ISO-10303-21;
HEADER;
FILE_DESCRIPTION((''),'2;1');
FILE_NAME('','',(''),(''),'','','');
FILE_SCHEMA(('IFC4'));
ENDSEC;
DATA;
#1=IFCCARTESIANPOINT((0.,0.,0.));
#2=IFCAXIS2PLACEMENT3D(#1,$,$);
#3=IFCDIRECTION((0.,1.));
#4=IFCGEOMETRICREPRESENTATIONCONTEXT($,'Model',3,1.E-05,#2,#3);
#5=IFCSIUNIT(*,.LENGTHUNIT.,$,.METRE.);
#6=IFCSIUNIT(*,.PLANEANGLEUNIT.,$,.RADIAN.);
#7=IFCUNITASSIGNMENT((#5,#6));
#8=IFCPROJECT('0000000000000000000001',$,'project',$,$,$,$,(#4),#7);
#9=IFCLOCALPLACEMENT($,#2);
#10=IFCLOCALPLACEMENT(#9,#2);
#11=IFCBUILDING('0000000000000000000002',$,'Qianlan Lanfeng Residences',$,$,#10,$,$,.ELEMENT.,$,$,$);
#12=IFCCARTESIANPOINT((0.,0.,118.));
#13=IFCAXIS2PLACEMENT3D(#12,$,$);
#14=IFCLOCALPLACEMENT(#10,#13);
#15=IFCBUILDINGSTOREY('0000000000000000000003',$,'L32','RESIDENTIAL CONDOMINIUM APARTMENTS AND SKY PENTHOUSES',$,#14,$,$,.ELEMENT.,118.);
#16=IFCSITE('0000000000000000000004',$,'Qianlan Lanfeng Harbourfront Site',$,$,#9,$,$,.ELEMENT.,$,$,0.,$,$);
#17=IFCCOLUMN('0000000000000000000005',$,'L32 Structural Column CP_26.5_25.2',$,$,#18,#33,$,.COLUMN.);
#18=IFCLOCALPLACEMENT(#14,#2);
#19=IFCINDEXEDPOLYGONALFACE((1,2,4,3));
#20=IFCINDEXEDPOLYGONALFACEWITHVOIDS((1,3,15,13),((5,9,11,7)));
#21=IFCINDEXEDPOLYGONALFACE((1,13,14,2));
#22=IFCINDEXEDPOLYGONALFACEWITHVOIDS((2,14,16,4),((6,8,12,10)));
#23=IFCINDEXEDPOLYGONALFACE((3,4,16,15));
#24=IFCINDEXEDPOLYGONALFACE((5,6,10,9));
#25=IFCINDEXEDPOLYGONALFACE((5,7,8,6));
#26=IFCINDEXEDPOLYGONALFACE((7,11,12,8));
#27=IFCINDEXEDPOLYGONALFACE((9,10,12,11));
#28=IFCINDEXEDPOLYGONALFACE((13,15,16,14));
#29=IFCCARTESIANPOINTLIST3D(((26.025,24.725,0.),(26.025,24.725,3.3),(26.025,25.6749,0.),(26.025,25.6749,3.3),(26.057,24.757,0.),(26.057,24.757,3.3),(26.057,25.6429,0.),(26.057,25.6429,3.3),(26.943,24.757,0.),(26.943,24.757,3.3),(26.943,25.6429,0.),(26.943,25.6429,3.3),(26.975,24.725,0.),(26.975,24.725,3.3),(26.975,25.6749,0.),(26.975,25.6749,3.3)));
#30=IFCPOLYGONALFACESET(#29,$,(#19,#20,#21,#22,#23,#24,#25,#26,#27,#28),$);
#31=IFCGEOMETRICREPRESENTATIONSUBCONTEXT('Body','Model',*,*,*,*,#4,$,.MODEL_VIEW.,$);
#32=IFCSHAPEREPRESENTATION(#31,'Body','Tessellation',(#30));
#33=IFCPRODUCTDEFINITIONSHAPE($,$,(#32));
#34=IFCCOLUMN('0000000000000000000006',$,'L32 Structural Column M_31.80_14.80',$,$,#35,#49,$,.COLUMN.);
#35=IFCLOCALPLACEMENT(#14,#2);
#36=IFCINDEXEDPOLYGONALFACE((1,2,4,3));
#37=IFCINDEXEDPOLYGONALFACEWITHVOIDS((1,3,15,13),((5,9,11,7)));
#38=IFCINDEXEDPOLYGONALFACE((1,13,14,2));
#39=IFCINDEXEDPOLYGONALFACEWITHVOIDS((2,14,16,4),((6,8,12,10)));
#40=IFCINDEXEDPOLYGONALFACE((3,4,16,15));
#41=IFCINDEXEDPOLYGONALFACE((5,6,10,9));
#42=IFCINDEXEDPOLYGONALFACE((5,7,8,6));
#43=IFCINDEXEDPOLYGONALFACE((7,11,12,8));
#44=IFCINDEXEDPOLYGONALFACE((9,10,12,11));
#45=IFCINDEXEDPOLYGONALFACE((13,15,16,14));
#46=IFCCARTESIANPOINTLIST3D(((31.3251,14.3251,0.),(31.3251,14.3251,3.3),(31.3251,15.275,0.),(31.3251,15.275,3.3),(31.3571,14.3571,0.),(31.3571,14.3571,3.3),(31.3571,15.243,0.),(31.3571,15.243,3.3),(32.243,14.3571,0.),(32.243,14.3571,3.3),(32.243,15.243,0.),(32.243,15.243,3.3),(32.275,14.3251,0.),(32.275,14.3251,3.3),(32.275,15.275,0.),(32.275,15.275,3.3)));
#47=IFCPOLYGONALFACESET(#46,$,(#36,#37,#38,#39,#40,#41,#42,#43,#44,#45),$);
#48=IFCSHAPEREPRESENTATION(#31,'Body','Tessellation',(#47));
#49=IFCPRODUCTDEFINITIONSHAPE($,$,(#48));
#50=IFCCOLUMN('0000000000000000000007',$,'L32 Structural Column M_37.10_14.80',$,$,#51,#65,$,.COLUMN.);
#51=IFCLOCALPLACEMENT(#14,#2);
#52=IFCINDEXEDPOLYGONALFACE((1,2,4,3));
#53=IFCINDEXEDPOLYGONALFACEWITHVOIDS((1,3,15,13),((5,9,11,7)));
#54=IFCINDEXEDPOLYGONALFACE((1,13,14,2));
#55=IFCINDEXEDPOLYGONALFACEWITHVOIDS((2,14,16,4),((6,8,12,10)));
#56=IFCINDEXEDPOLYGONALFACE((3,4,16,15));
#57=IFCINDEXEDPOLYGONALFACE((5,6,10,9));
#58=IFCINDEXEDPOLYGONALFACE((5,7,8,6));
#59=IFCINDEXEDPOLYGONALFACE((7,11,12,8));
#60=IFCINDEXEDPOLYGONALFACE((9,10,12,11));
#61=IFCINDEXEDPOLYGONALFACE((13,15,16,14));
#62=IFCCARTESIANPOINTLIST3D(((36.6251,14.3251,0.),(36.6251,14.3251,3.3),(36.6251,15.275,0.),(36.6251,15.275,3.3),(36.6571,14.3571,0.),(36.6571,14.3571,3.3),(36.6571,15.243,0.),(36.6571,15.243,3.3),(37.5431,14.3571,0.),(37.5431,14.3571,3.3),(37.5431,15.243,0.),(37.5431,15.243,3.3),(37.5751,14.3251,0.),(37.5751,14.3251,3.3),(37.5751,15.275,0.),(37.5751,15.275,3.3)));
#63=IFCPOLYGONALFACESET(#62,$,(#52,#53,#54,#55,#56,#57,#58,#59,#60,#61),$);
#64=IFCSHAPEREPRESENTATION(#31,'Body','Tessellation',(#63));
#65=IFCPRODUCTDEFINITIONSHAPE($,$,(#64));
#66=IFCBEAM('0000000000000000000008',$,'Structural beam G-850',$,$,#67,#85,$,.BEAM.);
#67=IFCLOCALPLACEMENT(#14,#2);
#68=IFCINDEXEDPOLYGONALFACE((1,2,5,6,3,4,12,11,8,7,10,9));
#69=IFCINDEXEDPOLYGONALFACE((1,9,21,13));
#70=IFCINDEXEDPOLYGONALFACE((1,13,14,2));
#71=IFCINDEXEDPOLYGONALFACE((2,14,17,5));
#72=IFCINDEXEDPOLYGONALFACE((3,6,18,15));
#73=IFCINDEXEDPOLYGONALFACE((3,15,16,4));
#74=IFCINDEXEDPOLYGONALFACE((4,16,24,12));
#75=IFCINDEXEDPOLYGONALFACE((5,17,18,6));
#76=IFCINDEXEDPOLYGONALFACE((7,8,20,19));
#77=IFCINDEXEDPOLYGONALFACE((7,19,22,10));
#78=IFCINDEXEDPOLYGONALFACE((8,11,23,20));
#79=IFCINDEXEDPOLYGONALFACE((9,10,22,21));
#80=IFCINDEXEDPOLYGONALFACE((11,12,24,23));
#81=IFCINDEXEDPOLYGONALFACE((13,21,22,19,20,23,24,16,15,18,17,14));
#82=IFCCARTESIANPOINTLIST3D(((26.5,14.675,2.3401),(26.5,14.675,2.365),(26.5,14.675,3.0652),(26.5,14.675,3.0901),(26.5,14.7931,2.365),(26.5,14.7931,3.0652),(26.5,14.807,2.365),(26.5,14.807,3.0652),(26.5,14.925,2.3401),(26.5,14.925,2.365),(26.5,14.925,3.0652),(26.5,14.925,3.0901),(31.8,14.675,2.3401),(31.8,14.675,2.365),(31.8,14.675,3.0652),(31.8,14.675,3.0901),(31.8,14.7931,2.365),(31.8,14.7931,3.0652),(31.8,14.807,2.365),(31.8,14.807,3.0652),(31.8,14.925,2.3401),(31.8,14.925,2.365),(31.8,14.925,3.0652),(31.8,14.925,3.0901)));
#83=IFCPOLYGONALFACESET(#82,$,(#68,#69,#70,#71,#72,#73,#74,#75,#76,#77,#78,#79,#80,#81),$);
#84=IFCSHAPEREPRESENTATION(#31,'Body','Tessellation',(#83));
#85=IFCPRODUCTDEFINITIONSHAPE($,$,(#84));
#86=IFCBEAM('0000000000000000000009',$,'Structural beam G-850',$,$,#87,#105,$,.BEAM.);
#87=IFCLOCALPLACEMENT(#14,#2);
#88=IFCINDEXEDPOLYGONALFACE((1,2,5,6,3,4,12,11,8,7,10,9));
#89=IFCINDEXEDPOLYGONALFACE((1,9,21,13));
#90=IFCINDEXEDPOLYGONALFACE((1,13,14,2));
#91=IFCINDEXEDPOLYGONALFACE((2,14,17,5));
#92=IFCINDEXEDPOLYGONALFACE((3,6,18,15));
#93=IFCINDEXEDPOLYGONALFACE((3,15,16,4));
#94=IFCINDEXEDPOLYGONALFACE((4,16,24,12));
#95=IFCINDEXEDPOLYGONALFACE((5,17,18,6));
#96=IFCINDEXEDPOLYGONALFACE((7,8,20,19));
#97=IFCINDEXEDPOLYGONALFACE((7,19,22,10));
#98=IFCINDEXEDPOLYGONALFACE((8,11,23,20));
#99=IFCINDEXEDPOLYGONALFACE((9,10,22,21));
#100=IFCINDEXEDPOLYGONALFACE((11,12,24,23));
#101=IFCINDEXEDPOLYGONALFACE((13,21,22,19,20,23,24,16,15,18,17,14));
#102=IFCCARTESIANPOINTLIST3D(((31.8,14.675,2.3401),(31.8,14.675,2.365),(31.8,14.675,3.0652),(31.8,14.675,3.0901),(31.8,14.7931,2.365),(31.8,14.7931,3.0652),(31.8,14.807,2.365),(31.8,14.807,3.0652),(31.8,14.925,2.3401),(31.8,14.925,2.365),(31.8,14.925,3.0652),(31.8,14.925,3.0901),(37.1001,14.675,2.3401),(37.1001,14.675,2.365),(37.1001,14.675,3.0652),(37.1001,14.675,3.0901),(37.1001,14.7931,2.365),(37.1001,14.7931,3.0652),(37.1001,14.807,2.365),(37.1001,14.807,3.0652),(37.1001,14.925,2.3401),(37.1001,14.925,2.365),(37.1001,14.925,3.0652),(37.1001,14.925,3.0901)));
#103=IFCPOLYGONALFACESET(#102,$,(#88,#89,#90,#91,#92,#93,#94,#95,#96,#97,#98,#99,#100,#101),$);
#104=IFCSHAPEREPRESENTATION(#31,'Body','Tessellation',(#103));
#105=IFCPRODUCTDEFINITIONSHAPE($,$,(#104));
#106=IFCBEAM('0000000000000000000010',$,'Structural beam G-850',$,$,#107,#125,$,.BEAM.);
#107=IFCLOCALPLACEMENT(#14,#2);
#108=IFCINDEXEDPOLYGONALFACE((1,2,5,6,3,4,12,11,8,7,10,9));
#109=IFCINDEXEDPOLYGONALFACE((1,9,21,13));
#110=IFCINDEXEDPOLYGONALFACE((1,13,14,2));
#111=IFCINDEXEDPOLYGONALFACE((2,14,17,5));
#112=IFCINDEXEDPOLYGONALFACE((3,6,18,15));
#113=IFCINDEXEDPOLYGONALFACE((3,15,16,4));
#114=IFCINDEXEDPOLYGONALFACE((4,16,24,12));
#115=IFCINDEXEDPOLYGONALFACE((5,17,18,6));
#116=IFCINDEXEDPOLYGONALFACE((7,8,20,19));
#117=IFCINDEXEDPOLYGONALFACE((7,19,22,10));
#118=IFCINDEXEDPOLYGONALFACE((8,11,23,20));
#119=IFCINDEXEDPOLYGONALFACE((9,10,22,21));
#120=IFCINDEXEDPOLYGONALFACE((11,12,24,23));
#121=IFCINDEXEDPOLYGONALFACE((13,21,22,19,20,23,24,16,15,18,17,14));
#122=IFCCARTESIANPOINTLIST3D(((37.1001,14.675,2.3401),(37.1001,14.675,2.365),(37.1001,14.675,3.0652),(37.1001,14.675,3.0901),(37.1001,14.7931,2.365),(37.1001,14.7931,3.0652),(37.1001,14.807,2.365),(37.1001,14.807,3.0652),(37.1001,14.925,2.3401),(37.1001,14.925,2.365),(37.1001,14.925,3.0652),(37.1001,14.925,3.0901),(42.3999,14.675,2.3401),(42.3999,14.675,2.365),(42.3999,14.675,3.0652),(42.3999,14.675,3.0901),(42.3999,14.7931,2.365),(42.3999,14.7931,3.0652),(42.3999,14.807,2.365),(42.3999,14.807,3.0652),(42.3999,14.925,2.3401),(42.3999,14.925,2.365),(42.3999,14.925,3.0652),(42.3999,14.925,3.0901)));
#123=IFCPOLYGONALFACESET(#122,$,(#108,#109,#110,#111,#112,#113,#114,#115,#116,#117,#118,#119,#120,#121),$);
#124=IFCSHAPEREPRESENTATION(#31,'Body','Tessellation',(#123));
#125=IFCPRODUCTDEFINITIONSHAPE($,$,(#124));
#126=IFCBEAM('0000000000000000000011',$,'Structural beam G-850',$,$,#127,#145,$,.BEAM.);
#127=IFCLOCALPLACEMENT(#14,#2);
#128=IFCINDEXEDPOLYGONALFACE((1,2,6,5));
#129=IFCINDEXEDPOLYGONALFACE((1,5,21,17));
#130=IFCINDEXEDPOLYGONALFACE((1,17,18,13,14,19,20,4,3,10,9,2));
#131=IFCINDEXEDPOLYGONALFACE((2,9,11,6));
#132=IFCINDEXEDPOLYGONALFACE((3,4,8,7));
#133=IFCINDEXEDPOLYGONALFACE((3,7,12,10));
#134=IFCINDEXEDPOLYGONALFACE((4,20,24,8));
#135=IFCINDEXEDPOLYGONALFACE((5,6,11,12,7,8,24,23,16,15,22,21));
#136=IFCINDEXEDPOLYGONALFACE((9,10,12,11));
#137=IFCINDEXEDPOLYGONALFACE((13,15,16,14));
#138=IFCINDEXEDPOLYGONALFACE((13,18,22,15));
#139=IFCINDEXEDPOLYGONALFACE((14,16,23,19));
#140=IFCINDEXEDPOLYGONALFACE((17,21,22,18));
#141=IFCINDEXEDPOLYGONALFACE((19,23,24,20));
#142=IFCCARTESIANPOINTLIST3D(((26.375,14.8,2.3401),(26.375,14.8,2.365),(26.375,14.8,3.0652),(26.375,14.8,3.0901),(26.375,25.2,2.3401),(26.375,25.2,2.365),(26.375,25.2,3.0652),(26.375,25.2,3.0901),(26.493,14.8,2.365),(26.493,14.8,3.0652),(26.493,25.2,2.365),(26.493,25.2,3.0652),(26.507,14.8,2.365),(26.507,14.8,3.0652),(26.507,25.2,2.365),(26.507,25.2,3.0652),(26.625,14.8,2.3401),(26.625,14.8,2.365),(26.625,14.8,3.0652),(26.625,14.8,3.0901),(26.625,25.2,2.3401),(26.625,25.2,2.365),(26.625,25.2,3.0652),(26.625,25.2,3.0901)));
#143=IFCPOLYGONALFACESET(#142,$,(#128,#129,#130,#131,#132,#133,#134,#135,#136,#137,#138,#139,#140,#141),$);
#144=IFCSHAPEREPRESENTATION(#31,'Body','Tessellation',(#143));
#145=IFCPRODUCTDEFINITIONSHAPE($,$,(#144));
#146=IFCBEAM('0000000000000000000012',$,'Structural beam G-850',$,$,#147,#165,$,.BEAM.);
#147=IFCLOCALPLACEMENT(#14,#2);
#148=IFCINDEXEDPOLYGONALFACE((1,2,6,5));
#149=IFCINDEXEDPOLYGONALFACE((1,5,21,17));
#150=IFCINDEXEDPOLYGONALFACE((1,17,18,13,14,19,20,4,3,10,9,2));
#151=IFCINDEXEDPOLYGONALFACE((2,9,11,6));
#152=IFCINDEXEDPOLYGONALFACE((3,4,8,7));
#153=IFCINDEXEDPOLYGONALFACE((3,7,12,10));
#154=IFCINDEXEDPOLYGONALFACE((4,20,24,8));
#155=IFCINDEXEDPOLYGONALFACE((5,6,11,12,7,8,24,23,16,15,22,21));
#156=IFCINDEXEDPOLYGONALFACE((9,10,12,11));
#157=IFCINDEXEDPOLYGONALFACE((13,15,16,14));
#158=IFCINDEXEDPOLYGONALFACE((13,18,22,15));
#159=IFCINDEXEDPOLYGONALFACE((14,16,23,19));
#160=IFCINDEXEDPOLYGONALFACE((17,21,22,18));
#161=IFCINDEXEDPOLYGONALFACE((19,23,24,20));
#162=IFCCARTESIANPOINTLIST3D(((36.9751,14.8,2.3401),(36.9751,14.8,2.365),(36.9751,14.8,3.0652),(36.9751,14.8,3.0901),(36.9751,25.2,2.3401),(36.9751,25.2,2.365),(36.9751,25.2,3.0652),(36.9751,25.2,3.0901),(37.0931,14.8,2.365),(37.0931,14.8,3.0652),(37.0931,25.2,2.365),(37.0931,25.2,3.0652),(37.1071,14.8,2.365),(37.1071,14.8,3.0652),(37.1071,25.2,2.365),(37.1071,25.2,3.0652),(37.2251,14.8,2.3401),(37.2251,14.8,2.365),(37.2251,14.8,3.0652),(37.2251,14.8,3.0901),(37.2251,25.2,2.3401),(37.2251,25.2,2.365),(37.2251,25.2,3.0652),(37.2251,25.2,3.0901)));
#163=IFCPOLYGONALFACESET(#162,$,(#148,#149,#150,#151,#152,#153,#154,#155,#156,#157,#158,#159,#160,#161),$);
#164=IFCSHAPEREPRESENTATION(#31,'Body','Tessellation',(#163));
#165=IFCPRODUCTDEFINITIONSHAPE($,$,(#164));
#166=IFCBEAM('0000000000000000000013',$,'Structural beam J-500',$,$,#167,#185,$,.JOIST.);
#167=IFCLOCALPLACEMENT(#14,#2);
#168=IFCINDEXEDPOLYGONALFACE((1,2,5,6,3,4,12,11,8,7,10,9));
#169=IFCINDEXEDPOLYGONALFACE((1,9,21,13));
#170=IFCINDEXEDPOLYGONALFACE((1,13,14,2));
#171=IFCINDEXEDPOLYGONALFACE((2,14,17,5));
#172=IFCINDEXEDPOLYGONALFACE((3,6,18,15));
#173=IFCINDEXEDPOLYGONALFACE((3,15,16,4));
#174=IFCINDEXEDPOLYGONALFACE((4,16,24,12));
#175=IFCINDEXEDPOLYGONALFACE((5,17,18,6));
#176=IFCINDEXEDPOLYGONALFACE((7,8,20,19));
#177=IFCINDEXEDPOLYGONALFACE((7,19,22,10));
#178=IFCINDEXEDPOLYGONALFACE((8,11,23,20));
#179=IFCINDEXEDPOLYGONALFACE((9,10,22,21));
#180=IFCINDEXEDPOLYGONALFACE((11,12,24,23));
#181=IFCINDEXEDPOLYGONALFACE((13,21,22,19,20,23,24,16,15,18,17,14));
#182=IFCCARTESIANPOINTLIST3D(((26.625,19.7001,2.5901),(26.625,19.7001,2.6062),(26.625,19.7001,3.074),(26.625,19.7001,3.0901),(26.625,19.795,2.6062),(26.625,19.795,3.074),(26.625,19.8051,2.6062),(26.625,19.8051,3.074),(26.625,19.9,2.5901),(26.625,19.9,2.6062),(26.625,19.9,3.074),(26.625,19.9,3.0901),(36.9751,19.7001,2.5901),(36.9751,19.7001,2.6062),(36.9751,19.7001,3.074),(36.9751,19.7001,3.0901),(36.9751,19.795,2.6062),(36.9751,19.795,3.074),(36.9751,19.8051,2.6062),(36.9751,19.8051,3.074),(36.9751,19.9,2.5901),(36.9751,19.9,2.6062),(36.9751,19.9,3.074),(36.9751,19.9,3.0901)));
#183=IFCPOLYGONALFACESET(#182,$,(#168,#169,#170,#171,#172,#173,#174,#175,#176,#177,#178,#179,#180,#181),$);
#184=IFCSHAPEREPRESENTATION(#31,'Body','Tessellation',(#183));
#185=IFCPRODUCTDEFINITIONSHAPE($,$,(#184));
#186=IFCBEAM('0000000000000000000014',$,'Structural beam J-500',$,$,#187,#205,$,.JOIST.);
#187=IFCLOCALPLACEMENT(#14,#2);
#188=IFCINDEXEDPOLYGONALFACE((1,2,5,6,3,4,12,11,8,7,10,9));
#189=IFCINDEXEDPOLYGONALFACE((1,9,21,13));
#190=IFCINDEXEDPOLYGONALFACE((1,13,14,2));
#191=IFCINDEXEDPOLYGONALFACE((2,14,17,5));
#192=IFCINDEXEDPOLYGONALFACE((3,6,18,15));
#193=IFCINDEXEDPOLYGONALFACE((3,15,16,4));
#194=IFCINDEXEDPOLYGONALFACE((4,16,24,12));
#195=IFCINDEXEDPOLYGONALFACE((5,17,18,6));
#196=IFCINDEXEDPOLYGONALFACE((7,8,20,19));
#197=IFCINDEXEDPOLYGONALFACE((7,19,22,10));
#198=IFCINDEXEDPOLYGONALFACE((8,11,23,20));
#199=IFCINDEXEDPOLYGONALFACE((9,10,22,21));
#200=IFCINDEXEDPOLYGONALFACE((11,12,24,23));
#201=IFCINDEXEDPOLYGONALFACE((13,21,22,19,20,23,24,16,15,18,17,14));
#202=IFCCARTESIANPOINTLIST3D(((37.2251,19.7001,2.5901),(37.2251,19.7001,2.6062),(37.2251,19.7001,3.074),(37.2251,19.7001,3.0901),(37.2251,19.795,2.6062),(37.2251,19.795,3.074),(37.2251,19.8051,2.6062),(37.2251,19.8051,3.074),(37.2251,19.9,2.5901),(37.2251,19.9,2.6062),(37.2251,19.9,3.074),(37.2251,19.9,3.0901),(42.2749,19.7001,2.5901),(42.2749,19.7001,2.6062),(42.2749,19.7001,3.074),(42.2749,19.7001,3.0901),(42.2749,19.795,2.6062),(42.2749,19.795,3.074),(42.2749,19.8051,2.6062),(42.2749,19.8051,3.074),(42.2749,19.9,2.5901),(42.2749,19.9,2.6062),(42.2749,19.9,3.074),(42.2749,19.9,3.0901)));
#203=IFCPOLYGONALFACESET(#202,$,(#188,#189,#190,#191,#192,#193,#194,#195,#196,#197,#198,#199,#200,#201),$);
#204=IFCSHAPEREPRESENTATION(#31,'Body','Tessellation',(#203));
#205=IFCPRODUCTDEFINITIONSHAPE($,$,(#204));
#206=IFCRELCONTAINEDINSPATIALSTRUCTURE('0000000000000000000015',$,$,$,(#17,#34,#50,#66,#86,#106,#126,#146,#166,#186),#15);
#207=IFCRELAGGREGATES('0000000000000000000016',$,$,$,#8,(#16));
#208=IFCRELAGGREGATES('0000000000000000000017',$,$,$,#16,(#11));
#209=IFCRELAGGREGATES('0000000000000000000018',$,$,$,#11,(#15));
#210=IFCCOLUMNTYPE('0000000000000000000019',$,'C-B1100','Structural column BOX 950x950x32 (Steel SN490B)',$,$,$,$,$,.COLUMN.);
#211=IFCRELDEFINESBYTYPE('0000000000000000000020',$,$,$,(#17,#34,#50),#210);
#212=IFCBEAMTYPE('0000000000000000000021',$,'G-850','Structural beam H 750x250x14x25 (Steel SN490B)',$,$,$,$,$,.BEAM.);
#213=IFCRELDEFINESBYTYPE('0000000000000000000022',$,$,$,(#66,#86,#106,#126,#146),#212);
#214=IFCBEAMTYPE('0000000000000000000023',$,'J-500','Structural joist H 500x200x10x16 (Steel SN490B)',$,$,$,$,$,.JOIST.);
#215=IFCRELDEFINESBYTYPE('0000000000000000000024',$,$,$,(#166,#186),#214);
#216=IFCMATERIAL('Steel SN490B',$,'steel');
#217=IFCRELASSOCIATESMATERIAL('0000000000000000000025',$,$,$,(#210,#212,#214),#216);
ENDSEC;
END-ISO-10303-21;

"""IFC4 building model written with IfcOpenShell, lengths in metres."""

from ifc_helpers import new_model, si_unit, direction, frame, origin, origin_2d, place, context, subcontext, project, spatial, hollow_rectangle, i_section, extrude, material, material_profile, profile_set, type_object, element, save


model = new_model("IFC4")

# Units and contexts
model_context = context("Model", 3, precision=1e-05, world=origin(), true_north=direction((0.0, 1.0)))
body_context = subcontext(model_context, "Body", "Model", "MODEL_VIEW")
ifc_project = project(units=[si_unit("LENGTHUNIT", "METRE"), si_unit("PLANEANGLEUNIT", "RADIAN")], contexts=[model_context])

# Site, building, storey
site_placement = place(None, origin())
site = spatial("IfcSite", under=ifc_project, at=site_placement, Name="Qianlan Lanfeng Harbourfront Site", CompositionType="ELEMENT", RefElevation=0.0)
building_placement = place(site_placement, origin())
building = spatial("IfcBuilding", under=site, at=building_placement, Name="Qianlan Lanfeng Residences", CompositionType="ELEMENT")
storey_placement = place(building_placement, frame((0.0, 0.0, 118.0)))
storey = spatial("IfcBuildingStorey", under=building, at=storey_placement, Name="L32", Description="RESIDENTIAL CONDOMINIUM APARTMENTS AND SKY PENTHOUSES", CompositionType="ELEMENT", Elevation=118.0)

# Columns
ifc_material_1 = material(Name="Steel SN490B", Category="steel")
ifc_material_profile_1 = material_profile(ifc_material_1, hollow_rectangle(XDim=0.95, YDim=0.95, WallThickness=0.032, at=origin_2d()), Name="BOX 950x950x32")
ifc_profile_set_1 = profile_set([ifc_material_profile_1], Name="Steel SN490B")
column_type = type_object("IfcColumnType", Name="C-B1100", Description="Structural column BOX 950x950x32 (Steel SN490B)", PredefinedType="COLUMN", material=ifc_profile_set_1)
for number, where, z_axis, x_axis, name in (
    (1, (26.5, 25.2, 0.0), (0.0, 0.0, 1.0), (1.0, 0.0, 0.0), "L32 Structural Column CP_26.5_25.2"),
    (2, (31.8, 14.8, 0.0), (0.0, 0.0, 1.0), (1.0, 0.0, 0.0), "L32 Structural Column M_31.80_14.80"),
    (3, (37.1001, 14.8, 0.0), (0.0, 0.0, 1.0), (1.0, 0.0, 0.0), "L32 Structural Column M_37.10_14.80"),
):
    element("IfcColumn", number, at=place(storey_placement, frame(where, z_axis=z_axis, x_axis=x_axis)), inside=storey, type_object=column_type, Name=name, PredefinedType="COLUMN", context=body_context, shape_type="SweptSolid", body=[
        extrude(hollow_rectangle(XDim=0.95, YDim=0.95, WallThickness=0.032, at=origin_2d()), origin(), (0.0, 0.0, 1.0), 3.3),
    ])

# Beams
ifc_material_profile_2 = material_profile(ifc_material_1, i_section(OverallWidth=0.25, OverallDepth=0.75, WebThickness=0.0139, FlangeThickness=0.0249, at=origin_2d()), Name="H 750x250x14x25")
ifc_profile_set_2 = profile_set([ifc_material_profile_2], Name="Steel SN490B")
beam_type_1 = type_object("IfcBeamType", Name="G-850", Description="Structural beam H 750x250x14x25 (Steel SN490B)", PredefinedType="BEAM", material=ifc_profile_set_2)
for number, where, z_axis, x_axis, name in (
    (4, (26.5, 14.8, 2.7151), (1.0, 0.0, 0.0), (0.0, 1.0, 0.0), "Structural beam G-850"),
    (5, (31.8, 14.8, 2.7151), (1.0, 0.0, 0.0), (0.0, 1.0, 0.0), "Structural beam G-850"),
):
    element("IfcBeam", number, at=place(storey_placement, frame(where, z_axis=z_axis, x_axis=x_axis)), inside=storey, type_object=beam_type_1, Name=name, PredefinedType="BEAM", context=body_context, shape_type="SweptSolid", body=[
        extrude(i_section(OverallWidth=0.25, OverallDepth=0.75, WebThickness=0.0139, FlangeThickness=0.0249, at=origin_2d()), origin(), (0.0, 0.0, 1.0), 5.3),
    ])
beam_1_placement = place(storey_placement, frame((37.1001, 14.8, 2.7151), z_axis=(1.0, 0.0, 0.0), x_axis=(0.0, 1.0, 0.0)))
element("IfcBeam", 6, at=beam_1_placement, inside=storey, type_object=beam_type_1, Name="Structural beam G-850", PredefinedType="BEAM", context=body_context, shape_type="SweptSolid", body=[
    extrude(i_section(OverallWidth=0.25, OverallDepth=0.75, WebThickness=0.0139, FlangeThickness=0.0249, at=origin_2d()), origin(), (0.0, 0.0, 1.0), 5.2998),
])
for number, where, z_axis, x_axis, name in (
    (7, (26.5, 14.8, 2.7151), (0.0, 1.0, 0.0), (-1.0, 0.0, 0.0), "Structural beam G-850"),
    (8, (37.1001, 14.8, 2.7151), (0.0, 1.0, 0.0), (-1.0, 0.0, 0.0), "Structural beam G-850"),
):
    element("IfcBeam", number, at=place(storey_placement, frame(where, z_axis=z_axis, x_axis=x_axis)), inside=storey, type_object=beam_type_1, Name=name, PredefinedType="BEAM", context=body_context, shape_type="SweptSolid", body=[
        extrude(i_section(OverallWidth=0.25, OverallDepth=0.75, WebThickness=0.0139, FlangeThickness=0.0249, at=origin_2d()), origin(), (0.0, 0.0, 1.0), 10.3999),
    ])
ifc_material_profile_3 = material_profile(ifc_material_1, i_section(OverallWidth=0.2, OverallDepth=0.5, WebThickness=0.01, FlangeThickness=0.0161, at=origin_2d()), Name="H 500x200x10x16")
ifc_profile_set_3 = profile_set([ifc_material_profile_3], Name="Steel SN490B")
beam_type_2 = type_object("IfcBeamType", Name="J-500", Description="Structural joist H 500x200x10x16 (Steel SN490B)", PredefinedType="JOIST", material=ifc_profile_set_3)
beam_2_placement = place(storey_placement, frame((26.625, 19.8, 2.8401), z_axis=(1.0, 0.0, 0.0), x_axis=(0.0, 1.0, 0.0)))
element("IfcBeam", 9, at=beam_2_placement, inside=storey, type_object=beam_type_2, Name="Structural beam J-500", PredefinedType="JOIST", context=body_context, shape_type="SweptSolid", body=[
    extrude(i_section(OverallWidth=0.2, OverallDepth=0.5, WebThickness=0.01, FlangeThickness=0.0161, at=origin_2d()), origin(), (0.0, 0.0, 1.0), 10.3501),
])
beam_3_placement = place(storey_placement, frame((37.2251, 19.8, 2.8401), z_axis=(1.0, 0.0, 0.0), x_axis=(0.0, 1.0, 0.0)))
element("IfcBeam", 10, at=beam_3_placement, inside=storey, type_object=beam_type_2, Name="Structural beam J-500", PredefinedType="JOIST", context=body_context, shape_type="SweptSolid", body=[
    extrude(i_section(OverallWidth=0.2, OverallDepth=0.5, WebThickness=0.01, FlangeThickness=0.0161, at=origin_2d()), origin(), (0.0, 0.0, 1.0), 5.0498),
])

save(model, "model.ifc")
